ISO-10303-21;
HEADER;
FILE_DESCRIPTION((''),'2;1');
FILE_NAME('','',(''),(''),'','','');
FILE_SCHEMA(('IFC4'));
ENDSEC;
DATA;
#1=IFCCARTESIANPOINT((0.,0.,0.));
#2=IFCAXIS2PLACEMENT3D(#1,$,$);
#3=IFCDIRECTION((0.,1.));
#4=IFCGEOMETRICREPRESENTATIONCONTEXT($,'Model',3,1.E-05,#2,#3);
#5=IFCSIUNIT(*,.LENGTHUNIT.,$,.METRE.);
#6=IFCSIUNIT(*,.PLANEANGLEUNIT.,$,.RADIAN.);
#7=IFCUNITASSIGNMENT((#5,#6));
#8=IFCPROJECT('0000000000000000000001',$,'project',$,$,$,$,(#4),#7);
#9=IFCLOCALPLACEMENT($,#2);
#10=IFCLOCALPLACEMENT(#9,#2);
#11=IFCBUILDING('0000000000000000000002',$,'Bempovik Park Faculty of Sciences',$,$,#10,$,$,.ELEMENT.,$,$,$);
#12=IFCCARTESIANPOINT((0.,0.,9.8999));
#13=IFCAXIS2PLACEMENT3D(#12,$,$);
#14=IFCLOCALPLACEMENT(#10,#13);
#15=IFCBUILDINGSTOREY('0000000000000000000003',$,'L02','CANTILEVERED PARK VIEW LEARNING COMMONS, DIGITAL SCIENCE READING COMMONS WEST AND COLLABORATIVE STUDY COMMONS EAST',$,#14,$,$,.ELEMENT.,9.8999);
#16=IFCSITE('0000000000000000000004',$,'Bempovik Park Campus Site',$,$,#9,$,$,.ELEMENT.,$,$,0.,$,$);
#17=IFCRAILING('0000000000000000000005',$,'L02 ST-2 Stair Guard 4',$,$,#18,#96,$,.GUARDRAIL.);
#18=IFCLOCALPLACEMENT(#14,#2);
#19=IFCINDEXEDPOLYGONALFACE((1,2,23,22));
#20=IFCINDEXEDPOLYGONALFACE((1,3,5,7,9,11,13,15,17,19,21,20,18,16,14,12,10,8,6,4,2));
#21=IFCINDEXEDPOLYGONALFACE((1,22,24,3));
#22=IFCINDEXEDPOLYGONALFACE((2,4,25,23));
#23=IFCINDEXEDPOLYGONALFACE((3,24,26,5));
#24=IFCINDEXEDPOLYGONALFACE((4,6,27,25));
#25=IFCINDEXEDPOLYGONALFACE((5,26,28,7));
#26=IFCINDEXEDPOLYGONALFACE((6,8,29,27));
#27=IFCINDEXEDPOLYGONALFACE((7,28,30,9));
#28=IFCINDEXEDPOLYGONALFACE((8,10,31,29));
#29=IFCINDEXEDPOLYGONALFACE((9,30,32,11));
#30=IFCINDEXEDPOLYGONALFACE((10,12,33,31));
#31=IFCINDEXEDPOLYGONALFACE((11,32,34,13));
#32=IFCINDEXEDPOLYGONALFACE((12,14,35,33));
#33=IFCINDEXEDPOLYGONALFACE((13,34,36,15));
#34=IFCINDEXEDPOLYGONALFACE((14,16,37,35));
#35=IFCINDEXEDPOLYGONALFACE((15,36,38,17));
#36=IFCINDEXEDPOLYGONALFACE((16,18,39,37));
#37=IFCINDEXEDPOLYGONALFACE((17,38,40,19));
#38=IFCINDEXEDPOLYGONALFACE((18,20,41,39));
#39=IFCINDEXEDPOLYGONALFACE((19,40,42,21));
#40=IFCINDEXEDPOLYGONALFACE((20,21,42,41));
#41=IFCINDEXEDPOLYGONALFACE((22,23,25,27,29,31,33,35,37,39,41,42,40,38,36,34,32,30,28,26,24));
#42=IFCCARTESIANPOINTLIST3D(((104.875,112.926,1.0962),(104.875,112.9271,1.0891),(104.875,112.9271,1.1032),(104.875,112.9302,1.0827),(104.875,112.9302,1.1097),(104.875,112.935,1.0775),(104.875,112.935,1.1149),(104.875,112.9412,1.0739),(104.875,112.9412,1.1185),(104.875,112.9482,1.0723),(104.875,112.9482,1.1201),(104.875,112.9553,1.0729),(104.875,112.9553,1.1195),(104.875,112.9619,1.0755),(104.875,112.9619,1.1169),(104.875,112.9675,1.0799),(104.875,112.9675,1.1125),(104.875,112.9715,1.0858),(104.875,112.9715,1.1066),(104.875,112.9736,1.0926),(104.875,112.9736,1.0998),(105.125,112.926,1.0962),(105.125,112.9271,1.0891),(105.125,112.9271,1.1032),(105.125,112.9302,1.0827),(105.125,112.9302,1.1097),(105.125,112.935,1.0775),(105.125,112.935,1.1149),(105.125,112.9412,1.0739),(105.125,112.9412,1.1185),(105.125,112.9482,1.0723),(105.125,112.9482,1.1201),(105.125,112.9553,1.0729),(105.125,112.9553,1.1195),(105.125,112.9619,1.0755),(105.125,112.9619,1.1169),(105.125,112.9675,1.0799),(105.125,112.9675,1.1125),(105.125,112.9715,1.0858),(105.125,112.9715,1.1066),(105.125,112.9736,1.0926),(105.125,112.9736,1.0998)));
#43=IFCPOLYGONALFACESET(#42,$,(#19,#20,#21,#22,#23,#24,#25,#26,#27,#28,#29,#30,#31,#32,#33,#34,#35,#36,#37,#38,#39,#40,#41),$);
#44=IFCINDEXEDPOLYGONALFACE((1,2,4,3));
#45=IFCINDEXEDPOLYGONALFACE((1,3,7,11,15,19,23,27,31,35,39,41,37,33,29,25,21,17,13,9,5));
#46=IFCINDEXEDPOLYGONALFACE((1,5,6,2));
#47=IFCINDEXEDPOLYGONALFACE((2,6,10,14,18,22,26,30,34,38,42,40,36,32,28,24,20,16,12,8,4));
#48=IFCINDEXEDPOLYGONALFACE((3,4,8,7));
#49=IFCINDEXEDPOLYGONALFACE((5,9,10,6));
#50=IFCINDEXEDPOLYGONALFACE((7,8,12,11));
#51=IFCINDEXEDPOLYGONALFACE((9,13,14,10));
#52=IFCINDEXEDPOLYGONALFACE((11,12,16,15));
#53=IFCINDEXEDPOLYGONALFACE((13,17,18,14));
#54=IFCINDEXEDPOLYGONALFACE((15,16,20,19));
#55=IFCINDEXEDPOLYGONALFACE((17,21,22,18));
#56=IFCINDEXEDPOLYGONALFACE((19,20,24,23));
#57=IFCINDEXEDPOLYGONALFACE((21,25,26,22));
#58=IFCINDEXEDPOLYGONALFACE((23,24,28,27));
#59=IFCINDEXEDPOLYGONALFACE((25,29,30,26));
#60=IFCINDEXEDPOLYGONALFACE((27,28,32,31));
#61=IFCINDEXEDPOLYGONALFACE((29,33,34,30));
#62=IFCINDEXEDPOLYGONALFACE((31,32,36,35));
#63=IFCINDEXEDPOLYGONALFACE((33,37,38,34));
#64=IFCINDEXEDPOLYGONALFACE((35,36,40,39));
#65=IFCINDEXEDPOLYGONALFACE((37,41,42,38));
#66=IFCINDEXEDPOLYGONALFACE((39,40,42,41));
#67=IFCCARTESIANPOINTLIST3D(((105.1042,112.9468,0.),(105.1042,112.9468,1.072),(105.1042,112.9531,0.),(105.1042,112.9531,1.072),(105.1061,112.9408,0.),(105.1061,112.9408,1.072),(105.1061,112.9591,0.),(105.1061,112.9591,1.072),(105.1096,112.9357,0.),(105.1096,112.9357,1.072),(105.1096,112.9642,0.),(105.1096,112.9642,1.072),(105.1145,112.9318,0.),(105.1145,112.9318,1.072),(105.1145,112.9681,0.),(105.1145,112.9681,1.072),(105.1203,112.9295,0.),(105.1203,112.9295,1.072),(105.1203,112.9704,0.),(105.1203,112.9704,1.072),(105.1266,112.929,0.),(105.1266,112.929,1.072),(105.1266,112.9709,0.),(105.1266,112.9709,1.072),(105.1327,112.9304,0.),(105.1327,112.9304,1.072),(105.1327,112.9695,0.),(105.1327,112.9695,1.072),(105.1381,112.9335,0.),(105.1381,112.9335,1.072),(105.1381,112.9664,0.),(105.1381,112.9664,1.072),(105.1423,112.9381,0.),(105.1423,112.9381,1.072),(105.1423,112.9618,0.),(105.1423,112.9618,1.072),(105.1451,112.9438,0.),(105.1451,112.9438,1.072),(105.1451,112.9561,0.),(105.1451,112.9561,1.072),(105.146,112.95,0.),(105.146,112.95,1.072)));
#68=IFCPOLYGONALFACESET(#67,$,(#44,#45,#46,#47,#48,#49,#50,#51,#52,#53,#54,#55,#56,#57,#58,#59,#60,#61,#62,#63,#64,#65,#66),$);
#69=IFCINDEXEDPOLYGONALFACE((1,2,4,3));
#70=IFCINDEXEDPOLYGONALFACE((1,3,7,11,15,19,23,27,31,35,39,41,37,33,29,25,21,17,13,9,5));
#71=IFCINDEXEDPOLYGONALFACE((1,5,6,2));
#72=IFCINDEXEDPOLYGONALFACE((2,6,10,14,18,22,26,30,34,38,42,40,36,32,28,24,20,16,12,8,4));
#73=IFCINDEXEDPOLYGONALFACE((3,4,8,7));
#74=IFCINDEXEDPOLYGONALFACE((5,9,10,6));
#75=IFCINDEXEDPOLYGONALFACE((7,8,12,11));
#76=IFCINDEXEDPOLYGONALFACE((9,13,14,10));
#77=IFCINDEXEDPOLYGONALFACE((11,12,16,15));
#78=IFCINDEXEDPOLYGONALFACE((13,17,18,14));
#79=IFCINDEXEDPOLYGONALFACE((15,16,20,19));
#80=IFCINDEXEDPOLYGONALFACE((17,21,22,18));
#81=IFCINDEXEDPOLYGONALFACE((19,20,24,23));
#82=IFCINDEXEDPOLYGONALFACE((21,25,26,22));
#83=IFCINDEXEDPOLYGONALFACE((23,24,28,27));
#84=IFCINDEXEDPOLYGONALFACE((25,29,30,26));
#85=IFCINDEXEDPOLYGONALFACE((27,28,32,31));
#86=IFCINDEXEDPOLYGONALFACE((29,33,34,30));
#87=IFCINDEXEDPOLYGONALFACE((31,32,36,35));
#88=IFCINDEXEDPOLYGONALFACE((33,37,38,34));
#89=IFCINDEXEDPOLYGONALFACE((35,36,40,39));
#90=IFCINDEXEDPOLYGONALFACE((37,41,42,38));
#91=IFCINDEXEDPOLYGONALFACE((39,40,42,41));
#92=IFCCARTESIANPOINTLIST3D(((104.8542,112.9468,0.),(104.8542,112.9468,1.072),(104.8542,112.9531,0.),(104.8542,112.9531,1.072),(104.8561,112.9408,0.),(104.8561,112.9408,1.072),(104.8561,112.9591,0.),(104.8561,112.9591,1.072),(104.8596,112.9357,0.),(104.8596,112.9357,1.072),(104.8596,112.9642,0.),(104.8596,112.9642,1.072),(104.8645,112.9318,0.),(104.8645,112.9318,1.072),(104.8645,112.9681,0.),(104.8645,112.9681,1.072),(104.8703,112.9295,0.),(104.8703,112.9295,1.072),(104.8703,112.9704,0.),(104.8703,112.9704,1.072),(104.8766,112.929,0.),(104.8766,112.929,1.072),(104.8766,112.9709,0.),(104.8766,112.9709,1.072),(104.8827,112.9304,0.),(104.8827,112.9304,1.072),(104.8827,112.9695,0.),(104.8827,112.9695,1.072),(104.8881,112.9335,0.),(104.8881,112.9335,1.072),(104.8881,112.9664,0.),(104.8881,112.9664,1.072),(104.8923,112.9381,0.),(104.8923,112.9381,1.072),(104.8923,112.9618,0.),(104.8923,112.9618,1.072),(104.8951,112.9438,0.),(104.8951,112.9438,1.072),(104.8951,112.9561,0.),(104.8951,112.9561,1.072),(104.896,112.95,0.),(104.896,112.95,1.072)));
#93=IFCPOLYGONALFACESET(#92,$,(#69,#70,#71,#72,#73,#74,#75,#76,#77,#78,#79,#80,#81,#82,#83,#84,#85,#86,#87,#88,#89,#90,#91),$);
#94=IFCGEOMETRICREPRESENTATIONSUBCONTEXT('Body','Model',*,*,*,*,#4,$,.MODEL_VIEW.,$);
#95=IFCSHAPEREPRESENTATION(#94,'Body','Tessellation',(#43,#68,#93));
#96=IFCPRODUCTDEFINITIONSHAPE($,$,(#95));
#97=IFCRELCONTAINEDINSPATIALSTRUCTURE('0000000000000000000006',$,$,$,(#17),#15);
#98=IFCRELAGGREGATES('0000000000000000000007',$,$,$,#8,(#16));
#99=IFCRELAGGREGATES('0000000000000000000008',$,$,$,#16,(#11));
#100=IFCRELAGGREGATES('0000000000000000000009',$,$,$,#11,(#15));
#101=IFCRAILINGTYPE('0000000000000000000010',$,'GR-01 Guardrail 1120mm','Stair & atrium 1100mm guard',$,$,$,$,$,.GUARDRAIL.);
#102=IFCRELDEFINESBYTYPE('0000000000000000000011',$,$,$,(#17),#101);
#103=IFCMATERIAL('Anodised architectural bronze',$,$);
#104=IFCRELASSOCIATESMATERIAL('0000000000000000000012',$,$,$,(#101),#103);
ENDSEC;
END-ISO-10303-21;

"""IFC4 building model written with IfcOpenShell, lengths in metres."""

from ifc_helpers import new_model, si_unit, direction, frame, origin, origin_2d, place, context, subcontext, project, spatial, circle, extrude, material, type_object, element, save


model = new_model("IFC4")

# Units and contexts
model_context = context("Model", 3, precision=1e-05, world=origin(), true_north=direction((0.0, 1.0)))
body_context = subcontext(model_context, "Body", "Model", "MODEL_VIEW")
ifc_project = project(units=[si_unit("LENGTHUNIT", "METRE"), si_unit("PLANEANGLEUNIT", "RADIAN")], contexts=[model_context])

# Site, building, storey
site_placement = place(None, origin())
site = spatial("IfcSite", under=ifc_project, at=site_placement, Name="Bempovik Park Campus Site", CompositionType="ELEMENT", RefElevation=0.0)
building_placement = place(site_placement, origin())
building = spatial("IfcBuilding", under=site, at=building_placement, Name="Bempovik Park Faculty of Sciences", CompositionType="ELEMENT")
storey_placement = place(building_placement, frame((0.0, 0.0, 9.8999)))
storey = spatial("IfcBuildingStorey", under=building, at=storey_placement, Name="L02", Description="CANTILEVERED PARK VIEW LEARNING COMMONS, DIGITAL SCIENCE READING COMMONS WEST AND COLLABORATIVE STUDY COMMONS EAST", CompositionType="ELEMENT", Elevation=9.8999)

# Railing
ifc_material_1 = material(Name="Anodised architectural bronze")
railing_type_1 = type_object("IfcRailingType", Name="GR-01 Guardrail 1120mm", Description="Stair & atrium 1100mm guard", PredefinedType="GUARDRAIL", material=ifc_material_1)
railing_1_placement = place(storey_placement, frame((105.125, 112.95, 0.0)))
element("IfcRailing", 1, at=railing_1_placement, inside=storey, type_object=railing_type_1, Name="L02 ST-2 Stair Guard 4", PredefinedType="GUARDRAIL", context=body_context, shape_type="SweptSolid", body=[
    extrude(circle(Radius=0.0239, at=origin_2d()), frame((0.0, 0.0, 1.0962), z_axis=(-1.0, 0.0, 0.0), x_axis=(0.0, -1.0, 0.0)), (0.0, 0.0, 1.0), 0.25),
    extrude(circle(Radius=0.021, at=origin_2d()), origin(), (0.0, 0.0, 1.0), 1.072),
    extrude(circle(Radius=0.021, at=origin_2d()), frame((-0.25, 0.0, 0.0)), (0.0, 0.0, 1.0), 1.072),
])

save(model, "model.ifc")
